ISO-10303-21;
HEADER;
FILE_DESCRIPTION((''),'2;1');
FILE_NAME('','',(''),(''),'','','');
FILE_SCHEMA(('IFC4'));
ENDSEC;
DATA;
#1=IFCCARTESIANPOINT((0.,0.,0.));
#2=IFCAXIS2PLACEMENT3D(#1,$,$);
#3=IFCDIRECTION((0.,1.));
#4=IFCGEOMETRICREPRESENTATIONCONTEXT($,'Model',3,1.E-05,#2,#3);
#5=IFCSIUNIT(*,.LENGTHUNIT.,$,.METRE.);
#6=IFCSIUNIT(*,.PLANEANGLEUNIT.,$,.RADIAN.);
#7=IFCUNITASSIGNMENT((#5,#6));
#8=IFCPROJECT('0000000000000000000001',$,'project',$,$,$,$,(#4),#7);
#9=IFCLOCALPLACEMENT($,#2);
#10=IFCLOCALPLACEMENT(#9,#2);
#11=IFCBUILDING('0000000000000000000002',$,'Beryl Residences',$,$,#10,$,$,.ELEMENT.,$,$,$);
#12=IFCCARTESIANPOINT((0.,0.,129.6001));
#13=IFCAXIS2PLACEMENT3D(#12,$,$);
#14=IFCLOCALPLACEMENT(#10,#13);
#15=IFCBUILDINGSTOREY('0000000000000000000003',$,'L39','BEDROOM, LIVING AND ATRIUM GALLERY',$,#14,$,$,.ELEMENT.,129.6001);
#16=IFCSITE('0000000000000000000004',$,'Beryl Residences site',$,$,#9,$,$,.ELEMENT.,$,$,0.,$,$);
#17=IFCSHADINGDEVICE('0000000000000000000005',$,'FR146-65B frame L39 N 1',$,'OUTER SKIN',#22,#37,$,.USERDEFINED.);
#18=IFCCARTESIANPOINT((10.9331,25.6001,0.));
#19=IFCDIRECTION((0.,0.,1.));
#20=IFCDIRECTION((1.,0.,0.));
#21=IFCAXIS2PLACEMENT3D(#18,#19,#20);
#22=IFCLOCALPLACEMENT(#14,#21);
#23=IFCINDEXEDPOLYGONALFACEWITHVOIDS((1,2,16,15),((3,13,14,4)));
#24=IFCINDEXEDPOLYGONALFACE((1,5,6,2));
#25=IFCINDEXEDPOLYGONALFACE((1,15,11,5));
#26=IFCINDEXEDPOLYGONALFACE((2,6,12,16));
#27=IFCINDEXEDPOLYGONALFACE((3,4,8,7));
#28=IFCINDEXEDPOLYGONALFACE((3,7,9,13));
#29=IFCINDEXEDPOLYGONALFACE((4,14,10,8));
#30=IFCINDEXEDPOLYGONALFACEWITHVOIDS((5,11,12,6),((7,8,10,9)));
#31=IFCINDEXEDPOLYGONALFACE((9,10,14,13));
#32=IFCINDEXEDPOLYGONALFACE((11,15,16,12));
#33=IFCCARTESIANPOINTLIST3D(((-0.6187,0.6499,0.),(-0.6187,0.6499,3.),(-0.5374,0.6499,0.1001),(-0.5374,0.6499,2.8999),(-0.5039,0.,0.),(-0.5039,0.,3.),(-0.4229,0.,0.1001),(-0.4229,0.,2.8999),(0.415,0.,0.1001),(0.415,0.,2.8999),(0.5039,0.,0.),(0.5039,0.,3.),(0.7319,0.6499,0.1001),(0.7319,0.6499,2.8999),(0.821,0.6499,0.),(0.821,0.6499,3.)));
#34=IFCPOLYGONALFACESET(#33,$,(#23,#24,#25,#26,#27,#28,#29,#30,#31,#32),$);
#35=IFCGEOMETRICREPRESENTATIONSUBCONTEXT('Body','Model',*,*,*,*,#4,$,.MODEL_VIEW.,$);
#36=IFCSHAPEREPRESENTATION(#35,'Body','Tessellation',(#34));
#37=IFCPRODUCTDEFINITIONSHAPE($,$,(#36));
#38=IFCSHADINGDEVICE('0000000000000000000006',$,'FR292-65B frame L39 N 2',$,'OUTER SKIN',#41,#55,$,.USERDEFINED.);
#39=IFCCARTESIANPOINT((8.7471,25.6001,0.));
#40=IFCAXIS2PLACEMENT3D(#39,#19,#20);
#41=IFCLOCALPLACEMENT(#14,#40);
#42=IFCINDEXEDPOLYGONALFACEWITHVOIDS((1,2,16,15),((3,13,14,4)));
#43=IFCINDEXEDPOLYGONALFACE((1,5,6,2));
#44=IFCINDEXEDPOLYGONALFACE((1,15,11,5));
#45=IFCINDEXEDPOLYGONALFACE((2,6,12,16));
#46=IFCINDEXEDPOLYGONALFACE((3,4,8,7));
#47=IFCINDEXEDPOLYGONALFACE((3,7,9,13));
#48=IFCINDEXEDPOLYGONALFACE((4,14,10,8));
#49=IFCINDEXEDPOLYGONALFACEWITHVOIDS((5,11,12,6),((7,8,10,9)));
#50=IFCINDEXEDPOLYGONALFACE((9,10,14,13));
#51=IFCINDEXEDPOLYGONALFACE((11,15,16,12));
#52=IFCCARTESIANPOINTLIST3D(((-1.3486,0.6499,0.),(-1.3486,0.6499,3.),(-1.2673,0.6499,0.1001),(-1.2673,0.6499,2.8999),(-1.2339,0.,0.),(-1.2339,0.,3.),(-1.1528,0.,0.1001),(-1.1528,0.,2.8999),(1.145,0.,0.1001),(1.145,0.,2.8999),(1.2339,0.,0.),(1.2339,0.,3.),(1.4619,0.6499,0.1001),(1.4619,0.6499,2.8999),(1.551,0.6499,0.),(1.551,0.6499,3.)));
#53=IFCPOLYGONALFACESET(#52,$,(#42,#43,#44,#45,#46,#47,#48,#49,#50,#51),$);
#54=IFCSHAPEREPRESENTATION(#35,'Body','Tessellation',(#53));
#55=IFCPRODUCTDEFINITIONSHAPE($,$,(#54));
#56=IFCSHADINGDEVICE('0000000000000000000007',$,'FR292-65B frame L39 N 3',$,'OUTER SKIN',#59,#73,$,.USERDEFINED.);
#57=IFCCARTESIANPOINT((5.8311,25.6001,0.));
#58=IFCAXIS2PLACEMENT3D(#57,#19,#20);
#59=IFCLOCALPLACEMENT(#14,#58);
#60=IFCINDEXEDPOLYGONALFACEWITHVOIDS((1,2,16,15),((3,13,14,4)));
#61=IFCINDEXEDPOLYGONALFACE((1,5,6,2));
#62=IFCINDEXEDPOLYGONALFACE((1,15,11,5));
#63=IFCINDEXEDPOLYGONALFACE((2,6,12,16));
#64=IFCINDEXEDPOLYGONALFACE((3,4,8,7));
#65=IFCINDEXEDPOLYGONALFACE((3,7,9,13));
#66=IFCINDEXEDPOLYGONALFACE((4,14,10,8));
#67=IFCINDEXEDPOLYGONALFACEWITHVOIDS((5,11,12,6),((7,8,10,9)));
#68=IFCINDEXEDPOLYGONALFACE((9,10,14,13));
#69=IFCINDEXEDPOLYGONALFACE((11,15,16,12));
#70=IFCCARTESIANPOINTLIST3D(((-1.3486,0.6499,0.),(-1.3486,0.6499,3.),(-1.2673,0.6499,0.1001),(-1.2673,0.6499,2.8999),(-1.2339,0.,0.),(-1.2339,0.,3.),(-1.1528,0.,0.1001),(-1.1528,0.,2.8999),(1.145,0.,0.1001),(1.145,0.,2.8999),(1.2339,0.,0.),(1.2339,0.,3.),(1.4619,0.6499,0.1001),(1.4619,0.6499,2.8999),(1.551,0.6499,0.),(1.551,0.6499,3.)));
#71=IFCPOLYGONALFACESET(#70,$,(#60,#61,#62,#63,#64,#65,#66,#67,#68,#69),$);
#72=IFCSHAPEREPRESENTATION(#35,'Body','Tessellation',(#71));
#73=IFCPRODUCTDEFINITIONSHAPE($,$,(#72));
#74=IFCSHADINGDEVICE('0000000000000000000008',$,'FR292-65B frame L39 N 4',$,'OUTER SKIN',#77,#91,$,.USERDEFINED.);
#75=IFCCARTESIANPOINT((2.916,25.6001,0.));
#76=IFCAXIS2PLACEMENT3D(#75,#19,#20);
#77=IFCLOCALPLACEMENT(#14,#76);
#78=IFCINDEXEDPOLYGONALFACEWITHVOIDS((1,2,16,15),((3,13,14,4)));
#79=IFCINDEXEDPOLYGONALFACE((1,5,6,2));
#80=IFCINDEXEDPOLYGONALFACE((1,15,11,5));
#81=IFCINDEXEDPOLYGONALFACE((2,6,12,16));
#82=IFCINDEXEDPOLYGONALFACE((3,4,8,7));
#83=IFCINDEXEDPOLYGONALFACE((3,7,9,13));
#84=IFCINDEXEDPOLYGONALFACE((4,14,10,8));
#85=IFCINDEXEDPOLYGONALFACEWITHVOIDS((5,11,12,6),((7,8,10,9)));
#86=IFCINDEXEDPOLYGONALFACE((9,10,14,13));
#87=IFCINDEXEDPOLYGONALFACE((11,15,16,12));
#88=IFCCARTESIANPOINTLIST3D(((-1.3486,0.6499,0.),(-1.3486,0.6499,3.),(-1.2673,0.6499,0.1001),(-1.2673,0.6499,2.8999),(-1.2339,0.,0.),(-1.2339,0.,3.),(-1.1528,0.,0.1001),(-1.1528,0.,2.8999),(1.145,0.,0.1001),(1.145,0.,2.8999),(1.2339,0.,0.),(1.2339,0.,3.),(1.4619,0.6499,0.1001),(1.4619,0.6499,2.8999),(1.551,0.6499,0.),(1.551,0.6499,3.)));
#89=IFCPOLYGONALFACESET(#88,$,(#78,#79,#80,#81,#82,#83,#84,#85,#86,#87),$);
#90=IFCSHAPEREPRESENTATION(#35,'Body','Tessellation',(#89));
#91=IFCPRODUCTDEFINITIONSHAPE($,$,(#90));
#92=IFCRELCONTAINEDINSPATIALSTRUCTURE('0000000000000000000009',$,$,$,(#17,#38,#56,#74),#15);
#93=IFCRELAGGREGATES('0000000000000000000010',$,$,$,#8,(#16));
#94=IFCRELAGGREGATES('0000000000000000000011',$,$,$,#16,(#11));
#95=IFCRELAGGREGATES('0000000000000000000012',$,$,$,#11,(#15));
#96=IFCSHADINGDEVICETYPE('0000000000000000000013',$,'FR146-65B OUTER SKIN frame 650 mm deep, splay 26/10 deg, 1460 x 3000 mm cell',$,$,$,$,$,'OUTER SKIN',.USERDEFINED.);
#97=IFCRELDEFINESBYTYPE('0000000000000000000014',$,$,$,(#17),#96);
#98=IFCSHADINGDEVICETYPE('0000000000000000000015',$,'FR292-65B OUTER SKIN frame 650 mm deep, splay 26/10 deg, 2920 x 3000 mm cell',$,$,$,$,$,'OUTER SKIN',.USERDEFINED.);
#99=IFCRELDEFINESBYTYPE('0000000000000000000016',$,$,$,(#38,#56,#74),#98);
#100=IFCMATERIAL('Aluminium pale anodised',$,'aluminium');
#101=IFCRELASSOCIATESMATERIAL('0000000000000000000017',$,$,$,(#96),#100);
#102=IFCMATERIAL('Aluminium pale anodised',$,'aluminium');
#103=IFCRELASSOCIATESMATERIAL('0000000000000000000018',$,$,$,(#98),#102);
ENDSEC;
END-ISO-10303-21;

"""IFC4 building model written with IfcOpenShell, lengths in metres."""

from ifc_helpers import new_model, entity, si_unit, direction, frame, origin, place, context, subcontext, project, spatial, source, transform, mapped, material, type_object, type_shapes, element, save


model = new_model("IFC4")

# Units and contexts
model_context = context("Model", 3, precision=1e-05, world=origin(), true_north=direction((0.0, 1.0)))
body_context = subcontext(model_context, "Body", "Model", "MODEL_VIEW")
ifc_project = project(units=[si_unit("LENGTHUNIT", "METRE"), si_unit("PLANEANGLEUNIT", "RADIAN")], contexts=[model_context])

# Site, building, storey
site_placement = place(None, origin())
site = spatial("IfcSite", under=ifc_project, at=site_placement, Name="Beryl Residences site", CompositionType="ELEMENT", RefElevation=0.0)
building_placement = place(site_placement, origin())
building = spatial("IfcBuilding", under=site, at=building_placement, Name="Beryl Residences", CompositionType="ELEMENT")
storey_placement = place(building_placement, frame((0.0, 0.0, 129.6001)))
storey = spatial("IfcBuildingStorey", under=building, at=storey_placement, Name="L39", Description="BEDROOM, LIVING AND ATRIUM GALLERY", CompositionType="ELEMENT", Elevation=129.6001)

# Shading devices
ifc_material_1 = material(Name="Aluminium pale anodised", Category="aluminium")
shading_device_type_1 = type_object("IfcShadingDeviceType", Name="FR146-65B OUTER SKIN frame 650 mm deep, splay 26/10 deg, 1460 x 3000 mm cell", ElementType="OUTER SKIN", PredefinedType="USERDEFINED", material=ifc_material_1)
cartesian_point_1 = entity("IfcCartesianPoint", [-0.5039, 0.0])
cartesian_point_2 = entity("IfcCartesianPoint", [-0.415, 0.1001])
cartesian_point_3 = entity("IfcCartesianPoint", [-0.821, 0.0])
cartesian_point_4 = entity("IfcCartesianPoint", [-0.7319, 0.1001])
shared_shape_1 = source(origin(), body_context, "Body", "SweptSolid", [
    entity("IfcExtrudedAreaSolidTapered", entity("IfcArbitraryProfileDefWithVoids", "AREA", None, entity("IfcPolyline", [cartesian_point_1, entity("IfcCartesianPoint", [0.5039, 0.0]), entity("IfcCartesianPoint", [0.5039, 3.0]), entity("IfcCartesianPoint", [-0.5039, 3.0]), cartesian_point_1]), [entity("IfcPolyline", [cartesian_point_2, entity("IfcCartesianPoint", [0.4229, 0.1001]), entity("IfcCartesianPoint", [0.4229, 2.8999]), entity("IfcCartesianPoint", [-0.415, 2.8999]), cartesian_point_2])]), entity("IfcAxis2Placement3D", entity("IfcCartesianPoint", [0.0, 0.0, 0.0]), entity("IfcDirection", [0.0, 1.0, 0.0]), entity("IfcDirection", [-1.0, 0.0, 0.0])), entity("IfcDirection", [0.0, 0.0, 1.0]), 0.6499, entity("IfcArbitraryProfileDefWithVoids", "AREA", None, entity("IfcPolyline", [cartesian_point_3, entity("IfcCartesianPoint", [0.6187, 0.0]), entity("IfcCartesianPoint", [0.6187, 3.0]), entity("IfcCartesianPoint", [-0.821, 3.0]), cartesian_point_3]), [entity("IfcPolyline", [cartesian_point_4, entity("IfcCartesianPoint", [0.5374, 0.1001]), entity("IfcCartesianPoint", [0.5374, 2.8999]), entity("IfcCartesianPoint", [-0.7319, 2.8999]), cartesian_point_4])])),
])
type_shapes(shading_device_type_1, [shared_shape_1])
shading_device_placement = place(storey_placement, frame((10.9331, 25.6001, 0.0), z_axis=(0.0, 0.0, 1.0), x_axis=(1.0, 0.0, 0.0)))
element("IfcShadingDevice", 1, at=shading_device_placement, inside=storey, type_object=shading_device_type_1, Name="FR146-65B frame L39 N 1", ObjectType="OUTER SKIN", PredefinedType="USERDEFINED", context=body_context, shape_type="MappedRepresentation", body=[
    mapped(shared_shape_1, transform((0.0, 0.0, 0.0))),
])
ifc_material_2 = material(Name="Aluminium pale anodised", Category="aluminium")
shading_device_type_2 = type_object("IfcShadingDeviceType", Name="FR292-65B OUTER SKIN frame 650 mm deep, splay 26/10 deg, 2920 x 3000 mm cell", ElementType="OUTER SKIN", PredefinedType="USERDEFINED", material=ifc_material_2)
cartesian_point_5 = entity("IfcCartesianPoint", [-1.2339, 0.0])
cartesian_point_6 = entity("IfcCartesianPoint", [-1.145, 0.1001])
cartesian_point_7 = entity("IfcCartesianPoint", [-1.551, 0.0])
cartesian_point_8 = entity("IfcCartesianPoint", [-1.4619, 0.1001])
shared_shape_2 = source(origin(), body_context, "Body", "SweptSolid", [
    entity("IfcExtrudedAreaSolidTapered", entity("IfcArbitraryProfileDefWithVoids", "AREA", None, entity("IfcPolyline", [cartesian_point_5, entity("IfcCartesianPoint", [1.2339, 0.0]), entity("IfcCartesianPoint", [1.2339, 3.0]), entity("IfcCartesianPoint", [-1.2339, 3.0]), cartesian_point_5]), [entity("IfcPolyline", [cartesian_point_6, entity("IfcCartesianPoint", [1.1528, 0.1001]), entity("IfcCartesianPoint", [1.1528, 2.8999]), entity("IfcCartesianPoint", [-1.145, 2.8999]), cartesian_point_6])]), entity("IfcAxis2Placement3D", entity("IfcCartesianPoint", [0.0, 0.0, 0.0]), entity("IfcDirection", [0.0, 1.0, 0.0]), entity("IfcDirection", [-1.0, 0.0, 0.0])), entity("IfcDirection", [0.0, 0.0, 1.0]), 0.6499, entity("IfcArbitraryProfileDefWithVoids", "AREA", None, entity("IfcPolyline", [cartesian_point_7, entity("IfcCartesianPoint", [1.3486, 0.0]), entity("IfcCartesianPoint", [1.3486, 3.0]), entity("IfcCartesianPoint", [-1.551, 3.0]), cartesian_point_7]), [entity("IfcPolyline", [cartesian_point_8, entity("IfcCartesianPoint", [1.2673, 0.1001]), entity("IfcCartesianPoint", [1.2673, 2.8999]), entity("IfcCartesianPoint", [-1.4619, 2.8999]), cartesian_point_8])])),
])
type_shapes(shading_device_type_2, [shared_shape_2])
for number, where, z_axis, x_axis, name in (
    (2, (8.7471, 25.6001, 0.0), (0.0, 0.0, 1.0), (1.0, 0.0, 0.0), "FR292-65B frame L39 N 2"),
    (3, (5.8311, 25.6001, 0.0), (0.0, 0.0, 1.0), (1.0, 0.0, 0.0), "FR292-65B frame L39 N 3"),
    (4, (2.916, 25.6001, 0.0), (0.0, 0.0, 1.0), (1.0, 0.0, 0.0), "FR292-65B frame L39 N 4"),
):
    element("IfcShadingDevice", number, at=place(storey_placement, frame(where, z_axis=z_axis, x_axis=x_axis)), inside=storey, type_object=shading_device_type_2, Name=name, ObjectType="OUTER SKIN", PredefinedType="USERDEFINED", context=body_context, shape_type="MappedRepresentation", body=[
        mapped(shared_shape_2, transform((0.0, 0.0, 0.0))),
    ])

save(model, "model.ifc")
